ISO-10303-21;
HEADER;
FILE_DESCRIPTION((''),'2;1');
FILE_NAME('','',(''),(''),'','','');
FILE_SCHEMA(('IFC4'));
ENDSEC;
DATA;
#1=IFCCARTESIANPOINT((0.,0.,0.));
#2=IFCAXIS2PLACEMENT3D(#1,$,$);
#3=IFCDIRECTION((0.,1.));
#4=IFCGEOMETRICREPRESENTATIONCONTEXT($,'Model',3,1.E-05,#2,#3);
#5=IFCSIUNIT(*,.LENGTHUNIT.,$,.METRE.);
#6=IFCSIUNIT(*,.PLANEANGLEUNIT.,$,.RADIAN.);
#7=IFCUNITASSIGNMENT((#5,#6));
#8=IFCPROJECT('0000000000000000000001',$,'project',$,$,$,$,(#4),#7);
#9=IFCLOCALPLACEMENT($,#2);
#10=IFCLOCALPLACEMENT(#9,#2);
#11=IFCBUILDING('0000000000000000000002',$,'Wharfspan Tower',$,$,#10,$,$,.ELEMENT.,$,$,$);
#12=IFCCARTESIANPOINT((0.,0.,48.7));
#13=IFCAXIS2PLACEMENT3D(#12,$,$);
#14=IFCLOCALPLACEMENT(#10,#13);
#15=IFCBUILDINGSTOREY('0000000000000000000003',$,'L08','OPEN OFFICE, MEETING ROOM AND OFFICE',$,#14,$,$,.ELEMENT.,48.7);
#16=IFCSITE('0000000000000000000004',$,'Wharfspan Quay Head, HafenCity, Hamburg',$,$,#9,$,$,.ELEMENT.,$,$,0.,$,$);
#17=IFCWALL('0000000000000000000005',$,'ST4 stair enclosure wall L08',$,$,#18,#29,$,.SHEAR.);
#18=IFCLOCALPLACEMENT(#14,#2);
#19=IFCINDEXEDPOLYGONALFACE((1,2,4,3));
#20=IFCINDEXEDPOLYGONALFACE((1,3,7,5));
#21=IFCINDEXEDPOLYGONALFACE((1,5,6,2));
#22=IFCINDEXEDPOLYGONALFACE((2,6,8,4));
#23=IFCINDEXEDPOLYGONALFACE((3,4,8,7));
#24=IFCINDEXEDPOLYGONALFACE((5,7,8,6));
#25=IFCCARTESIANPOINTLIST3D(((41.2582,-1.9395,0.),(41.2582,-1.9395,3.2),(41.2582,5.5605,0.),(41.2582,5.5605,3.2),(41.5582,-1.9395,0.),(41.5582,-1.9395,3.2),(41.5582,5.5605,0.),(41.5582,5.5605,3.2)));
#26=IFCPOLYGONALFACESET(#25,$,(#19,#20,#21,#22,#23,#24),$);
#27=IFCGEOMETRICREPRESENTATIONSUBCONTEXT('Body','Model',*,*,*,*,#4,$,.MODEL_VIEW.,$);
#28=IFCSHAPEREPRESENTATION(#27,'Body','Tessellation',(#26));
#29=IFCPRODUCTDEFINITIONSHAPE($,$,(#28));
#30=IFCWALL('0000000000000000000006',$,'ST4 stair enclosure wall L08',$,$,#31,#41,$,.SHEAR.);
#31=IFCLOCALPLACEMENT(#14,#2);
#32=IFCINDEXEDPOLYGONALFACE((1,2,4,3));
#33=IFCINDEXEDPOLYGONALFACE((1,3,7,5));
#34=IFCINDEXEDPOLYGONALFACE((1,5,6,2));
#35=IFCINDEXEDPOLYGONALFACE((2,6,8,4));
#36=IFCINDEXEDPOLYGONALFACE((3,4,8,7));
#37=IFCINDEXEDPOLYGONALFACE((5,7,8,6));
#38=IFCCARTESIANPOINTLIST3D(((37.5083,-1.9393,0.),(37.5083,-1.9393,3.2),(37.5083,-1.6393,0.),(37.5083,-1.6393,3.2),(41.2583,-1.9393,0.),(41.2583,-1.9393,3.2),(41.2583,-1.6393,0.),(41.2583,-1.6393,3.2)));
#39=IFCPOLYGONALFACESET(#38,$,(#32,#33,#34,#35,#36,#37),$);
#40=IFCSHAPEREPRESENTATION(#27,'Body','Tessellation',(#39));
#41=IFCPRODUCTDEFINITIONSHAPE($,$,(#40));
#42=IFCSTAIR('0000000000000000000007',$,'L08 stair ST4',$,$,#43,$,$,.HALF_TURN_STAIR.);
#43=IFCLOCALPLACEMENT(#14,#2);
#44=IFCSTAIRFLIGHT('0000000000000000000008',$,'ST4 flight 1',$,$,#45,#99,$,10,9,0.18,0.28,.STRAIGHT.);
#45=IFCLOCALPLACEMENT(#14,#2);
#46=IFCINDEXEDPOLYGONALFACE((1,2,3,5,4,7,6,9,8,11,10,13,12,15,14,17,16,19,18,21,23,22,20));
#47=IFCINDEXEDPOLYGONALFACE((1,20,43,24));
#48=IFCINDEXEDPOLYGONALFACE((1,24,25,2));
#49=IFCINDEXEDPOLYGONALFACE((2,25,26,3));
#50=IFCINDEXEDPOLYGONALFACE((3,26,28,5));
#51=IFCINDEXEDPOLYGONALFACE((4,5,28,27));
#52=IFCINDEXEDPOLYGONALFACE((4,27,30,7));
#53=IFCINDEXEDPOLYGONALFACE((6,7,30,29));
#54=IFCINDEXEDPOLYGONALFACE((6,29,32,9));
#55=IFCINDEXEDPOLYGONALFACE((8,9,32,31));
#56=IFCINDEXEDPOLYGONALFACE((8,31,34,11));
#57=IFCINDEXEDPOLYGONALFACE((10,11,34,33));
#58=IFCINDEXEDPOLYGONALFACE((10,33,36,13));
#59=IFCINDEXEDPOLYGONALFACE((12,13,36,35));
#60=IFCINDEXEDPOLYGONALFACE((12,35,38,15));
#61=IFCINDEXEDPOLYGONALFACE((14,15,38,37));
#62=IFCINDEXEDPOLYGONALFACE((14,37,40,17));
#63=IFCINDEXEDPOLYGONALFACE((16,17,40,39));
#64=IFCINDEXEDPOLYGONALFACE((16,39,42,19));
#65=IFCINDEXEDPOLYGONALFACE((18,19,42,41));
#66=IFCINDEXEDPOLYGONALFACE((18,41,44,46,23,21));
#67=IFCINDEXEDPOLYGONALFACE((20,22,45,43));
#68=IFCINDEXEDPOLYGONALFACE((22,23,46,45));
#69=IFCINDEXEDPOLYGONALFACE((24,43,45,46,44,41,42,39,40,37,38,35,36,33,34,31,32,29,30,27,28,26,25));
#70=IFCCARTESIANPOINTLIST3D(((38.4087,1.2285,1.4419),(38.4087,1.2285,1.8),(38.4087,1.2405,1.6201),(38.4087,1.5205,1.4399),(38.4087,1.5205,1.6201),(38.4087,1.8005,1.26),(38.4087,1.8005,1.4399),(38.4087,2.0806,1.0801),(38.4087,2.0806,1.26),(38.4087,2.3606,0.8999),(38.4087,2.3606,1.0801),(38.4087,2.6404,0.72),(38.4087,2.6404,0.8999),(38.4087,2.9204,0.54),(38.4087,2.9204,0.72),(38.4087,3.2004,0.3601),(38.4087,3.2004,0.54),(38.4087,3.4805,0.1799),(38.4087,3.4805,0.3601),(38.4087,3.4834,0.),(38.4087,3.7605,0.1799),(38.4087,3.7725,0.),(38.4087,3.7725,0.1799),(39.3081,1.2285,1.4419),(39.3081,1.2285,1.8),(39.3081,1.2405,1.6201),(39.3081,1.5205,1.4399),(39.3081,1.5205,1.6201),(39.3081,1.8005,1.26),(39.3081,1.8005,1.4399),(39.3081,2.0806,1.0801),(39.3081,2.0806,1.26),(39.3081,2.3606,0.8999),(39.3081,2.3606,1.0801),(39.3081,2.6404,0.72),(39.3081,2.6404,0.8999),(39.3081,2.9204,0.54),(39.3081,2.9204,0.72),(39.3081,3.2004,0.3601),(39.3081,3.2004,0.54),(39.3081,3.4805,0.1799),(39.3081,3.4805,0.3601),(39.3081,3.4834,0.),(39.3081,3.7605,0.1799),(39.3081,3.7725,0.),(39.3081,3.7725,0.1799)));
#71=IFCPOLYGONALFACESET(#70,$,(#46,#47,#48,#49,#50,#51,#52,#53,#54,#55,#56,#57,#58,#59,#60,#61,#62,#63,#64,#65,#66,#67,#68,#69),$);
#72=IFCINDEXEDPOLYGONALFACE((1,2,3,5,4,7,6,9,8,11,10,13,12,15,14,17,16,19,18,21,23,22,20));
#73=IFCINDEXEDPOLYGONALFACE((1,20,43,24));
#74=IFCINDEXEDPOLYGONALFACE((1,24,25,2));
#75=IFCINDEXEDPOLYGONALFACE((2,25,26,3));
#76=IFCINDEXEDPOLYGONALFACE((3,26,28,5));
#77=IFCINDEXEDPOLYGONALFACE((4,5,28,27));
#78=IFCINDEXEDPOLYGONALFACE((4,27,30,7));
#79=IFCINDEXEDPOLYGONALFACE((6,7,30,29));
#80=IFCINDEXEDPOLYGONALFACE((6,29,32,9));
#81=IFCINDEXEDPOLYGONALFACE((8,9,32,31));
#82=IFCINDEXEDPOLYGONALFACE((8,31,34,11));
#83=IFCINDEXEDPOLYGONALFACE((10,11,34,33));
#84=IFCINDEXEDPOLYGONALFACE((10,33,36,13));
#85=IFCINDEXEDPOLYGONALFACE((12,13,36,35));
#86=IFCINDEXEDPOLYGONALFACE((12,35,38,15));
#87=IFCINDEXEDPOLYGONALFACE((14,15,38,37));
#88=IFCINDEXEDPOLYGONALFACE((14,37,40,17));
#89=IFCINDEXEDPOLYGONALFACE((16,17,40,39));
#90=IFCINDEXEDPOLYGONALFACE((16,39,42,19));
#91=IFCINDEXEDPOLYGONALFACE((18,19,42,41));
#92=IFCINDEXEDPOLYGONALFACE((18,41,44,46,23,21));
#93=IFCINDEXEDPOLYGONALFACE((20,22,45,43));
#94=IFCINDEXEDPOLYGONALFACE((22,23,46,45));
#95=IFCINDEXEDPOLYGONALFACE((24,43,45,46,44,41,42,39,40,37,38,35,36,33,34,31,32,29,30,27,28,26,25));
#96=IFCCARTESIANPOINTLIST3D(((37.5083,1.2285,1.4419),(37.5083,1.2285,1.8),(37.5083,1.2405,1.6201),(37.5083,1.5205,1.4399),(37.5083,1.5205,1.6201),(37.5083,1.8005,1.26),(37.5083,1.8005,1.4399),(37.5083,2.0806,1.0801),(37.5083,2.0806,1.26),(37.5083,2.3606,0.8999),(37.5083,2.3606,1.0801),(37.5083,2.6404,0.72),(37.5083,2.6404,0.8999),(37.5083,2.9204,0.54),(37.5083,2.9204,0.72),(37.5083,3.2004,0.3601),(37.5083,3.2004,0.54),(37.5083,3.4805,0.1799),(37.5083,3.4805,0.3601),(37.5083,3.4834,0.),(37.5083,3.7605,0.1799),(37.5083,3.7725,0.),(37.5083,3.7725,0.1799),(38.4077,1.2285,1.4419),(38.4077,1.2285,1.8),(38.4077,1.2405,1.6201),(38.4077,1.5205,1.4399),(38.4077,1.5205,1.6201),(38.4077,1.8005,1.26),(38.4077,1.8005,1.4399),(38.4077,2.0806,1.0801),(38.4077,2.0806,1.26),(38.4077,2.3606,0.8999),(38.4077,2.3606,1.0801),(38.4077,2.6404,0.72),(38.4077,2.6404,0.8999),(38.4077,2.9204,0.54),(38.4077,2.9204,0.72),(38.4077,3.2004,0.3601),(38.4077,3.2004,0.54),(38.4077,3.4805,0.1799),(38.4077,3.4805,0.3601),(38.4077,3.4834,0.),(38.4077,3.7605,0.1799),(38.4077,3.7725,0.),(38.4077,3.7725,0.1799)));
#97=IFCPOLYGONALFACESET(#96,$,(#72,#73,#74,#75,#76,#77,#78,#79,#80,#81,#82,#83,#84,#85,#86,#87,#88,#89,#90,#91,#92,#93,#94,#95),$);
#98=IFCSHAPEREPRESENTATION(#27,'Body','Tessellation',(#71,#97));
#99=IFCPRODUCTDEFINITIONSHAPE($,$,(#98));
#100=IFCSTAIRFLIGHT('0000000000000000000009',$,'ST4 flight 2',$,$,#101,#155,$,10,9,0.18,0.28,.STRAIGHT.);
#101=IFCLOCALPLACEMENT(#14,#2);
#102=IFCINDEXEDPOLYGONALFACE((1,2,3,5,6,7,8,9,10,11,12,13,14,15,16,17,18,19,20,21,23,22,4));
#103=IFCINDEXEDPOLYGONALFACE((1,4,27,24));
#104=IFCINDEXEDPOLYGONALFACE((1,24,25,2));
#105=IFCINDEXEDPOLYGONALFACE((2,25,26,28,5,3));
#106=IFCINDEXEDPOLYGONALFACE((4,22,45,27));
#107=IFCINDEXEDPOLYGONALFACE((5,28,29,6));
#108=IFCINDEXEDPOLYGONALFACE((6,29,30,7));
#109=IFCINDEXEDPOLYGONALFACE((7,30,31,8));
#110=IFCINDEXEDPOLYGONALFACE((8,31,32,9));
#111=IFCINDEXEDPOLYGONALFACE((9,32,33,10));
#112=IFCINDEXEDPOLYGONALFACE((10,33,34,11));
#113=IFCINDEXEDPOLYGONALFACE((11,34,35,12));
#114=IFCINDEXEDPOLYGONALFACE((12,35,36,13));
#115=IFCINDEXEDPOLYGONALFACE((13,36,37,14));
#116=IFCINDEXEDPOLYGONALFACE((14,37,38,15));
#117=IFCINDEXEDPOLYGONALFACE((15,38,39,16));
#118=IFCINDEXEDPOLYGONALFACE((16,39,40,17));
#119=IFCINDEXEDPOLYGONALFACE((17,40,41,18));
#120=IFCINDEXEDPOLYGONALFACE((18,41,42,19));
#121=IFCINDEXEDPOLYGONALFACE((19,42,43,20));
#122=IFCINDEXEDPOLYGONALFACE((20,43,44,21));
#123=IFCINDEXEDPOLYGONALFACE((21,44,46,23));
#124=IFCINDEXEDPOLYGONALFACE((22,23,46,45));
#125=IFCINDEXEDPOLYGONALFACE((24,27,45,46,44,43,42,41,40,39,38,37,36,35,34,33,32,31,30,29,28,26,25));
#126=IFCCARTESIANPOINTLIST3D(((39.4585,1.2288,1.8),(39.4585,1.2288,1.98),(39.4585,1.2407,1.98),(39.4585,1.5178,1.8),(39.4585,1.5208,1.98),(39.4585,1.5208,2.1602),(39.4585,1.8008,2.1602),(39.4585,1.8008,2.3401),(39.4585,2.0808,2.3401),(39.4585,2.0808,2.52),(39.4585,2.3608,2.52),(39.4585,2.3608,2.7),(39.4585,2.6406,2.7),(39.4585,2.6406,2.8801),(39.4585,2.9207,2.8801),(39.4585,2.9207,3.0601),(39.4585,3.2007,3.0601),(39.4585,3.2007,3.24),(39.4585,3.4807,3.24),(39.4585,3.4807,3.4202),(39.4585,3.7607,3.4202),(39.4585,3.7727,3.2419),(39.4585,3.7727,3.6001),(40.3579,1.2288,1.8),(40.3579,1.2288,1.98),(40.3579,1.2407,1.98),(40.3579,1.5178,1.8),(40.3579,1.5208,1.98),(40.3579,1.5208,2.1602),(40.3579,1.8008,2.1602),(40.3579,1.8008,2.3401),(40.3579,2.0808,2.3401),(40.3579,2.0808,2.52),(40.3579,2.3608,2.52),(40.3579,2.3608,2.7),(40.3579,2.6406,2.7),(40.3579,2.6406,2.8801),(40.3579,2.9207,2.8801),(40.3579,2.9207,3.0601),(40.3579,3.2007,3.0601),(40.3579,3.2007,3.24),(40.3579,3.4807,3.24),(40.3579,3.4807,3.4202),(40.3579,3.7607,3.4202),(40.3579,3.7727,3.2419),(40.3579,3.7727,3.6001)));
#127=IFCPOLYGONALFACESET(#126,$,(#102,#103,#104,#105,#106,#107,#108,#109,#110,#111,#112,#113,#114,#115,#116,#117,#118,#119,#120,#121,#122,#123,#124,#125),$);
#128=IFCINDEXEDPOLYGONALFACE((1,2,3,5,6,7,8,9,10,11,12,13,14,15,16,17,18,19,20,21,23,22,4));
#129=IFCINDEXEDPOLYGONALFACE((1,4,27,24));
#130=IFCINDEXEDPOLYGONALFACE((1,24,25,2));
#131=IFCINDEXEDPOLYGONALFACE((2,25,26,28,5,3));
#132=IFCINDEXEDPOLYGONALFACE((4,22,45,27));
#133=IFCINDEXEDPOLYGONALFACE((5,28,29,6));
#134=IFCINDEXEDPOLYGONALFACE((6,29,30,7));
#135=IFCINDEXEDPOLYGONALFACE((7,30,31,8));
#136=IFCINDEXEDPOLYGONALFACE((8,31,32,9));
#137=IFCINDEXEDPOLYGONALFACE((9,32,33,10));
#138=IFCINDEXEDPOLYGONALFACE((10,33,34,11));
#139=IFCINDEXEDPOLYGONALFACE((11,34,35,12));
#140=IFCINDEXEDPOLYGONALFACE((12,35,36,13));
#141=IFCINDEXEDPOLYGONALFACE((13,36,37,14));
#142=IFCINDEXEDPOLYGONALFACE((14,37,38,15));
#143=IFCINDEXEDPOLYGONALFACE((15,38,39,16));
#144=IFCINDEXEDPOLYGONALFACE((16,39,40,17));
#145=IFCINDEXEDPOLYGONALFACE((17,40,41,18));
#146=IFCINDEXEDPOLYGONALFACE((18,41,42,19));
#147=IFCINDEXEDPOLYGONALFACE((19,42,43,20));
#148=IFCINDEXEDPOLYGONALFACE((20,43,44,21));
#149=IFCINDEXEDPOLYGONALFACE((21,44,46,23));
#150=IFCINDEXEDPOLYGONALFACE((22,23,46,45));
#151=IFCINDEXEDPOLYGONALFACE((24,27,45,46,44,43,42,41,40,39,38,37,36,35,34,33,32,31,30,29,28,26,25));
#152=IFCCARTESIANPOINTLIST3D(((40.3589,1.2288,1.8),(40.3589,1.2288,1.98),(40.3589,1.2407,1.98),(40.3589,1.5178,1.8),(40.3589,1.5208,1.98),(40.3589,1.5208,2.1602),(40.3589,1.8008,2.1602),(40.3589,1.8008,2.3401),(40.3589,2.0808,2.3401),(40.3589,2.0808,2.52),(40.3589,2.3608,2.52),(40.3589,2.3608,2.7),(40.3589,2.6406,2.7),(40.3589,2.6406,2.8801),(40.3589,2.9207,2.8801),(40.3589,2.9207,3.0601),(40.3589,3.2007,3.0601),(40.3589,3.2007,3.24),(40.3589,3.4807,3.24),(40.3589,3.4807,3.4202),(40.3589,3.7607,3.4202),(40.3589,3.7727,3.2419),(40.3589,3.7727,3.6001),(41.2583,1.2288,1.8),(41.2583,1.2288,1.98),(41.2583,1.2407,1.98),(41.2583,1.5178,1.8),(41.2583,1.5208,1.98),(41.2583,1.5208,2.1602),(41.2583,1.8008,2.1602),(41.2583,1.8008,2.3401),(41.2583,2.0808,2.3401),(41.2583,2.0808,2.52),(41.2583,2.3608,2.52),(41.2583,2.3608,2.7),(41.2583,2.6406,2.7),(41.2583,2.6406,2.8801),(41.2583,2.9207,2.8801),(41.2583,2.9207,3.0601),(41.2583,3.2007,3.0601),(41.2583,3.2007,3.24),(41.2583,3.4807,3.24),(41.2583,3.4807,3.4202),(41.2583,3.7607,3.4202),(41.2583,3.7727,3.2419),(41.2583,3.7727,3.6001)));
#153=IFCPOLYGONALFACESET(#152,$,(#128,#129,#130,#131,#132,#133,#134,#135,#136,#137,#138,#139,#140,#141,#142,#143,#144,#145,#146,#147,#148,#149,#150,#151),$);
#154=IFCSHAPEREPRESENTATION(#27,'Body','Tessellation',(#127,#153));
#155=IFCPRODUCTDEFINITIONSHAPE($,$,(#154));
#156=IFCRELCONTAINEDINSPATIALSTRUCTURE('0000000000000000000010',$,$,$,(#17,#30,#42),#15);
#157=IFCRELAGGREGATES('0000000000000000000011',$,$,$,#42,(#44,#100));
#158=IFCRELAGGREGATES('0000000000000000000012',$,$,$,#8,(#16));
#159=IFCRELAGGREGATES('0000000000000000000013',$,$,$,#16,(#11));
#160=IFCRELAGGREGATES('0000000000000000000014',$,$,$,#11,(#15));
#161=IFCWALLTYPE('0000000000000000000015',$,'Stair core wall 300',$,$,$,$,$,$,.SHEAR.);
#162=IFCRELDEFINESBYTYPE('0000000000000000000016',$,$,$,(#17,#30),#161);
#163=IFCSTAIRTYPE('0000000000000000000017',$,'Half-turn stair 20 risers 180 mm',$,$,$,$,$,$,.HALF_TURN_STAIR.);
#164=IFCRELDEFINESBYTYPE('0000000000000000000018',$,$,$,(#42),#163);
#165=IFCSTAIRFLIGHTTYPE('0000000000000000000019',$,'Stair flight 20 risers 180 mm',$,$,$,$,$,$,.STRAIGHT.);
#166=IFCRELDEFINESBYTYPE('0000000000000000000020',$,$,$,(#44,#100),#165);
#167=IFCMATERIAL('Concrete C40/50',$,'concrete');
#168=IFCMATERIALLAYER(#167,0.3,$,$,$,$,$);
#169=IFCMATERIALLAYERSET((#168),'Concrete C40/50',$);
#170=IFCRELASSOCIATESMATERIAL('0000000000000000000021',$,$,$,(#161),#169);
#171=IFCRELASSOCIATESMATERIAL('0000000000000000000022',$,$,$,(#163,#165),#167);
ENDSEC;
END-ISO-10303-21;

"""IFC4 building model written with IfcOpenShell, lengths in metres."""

from ifc_helpers import new_model, si_unit, direction, frame, frame_2d, origin, place, context, subcontext, project, spatial, polyline, rectangle, outline, extrude, material, layer, layer_set, type_object, element, aggregate, save


model = new_model("IFC4")

# Units and contexts
model_context = context("Model", 3, precision=1e-05, world=origin(), true_north=direction((0.0, 1.0)))
body_context = subcontext(model_context, "Body", "Model", "MODEL_VIEW")
ifc_project = project(units=[si_unit("LENGTHUNIT", "METRE"), si_unit("PLANEANGLEUNIT", "RADIAN")], contexts=[model_context])

# Site, building, storey
site_placement = place(None, origin())
site = spatial("IfcSite", under=ifc_project, at=site_placement, Name="Wharfspan Quay Head, HafenCity, Hamburg", CompositionType="ELEMENT", RefElevation=0.0)
building_placement = place(site_placement, origin())
building = spatial("IfcBuilding", under=site, at=building_placement, Name="Wharfspan Tower", CompositionType="ELEMENT")
storey_placement = place(building_placement, frame((0.0, 0.0, 48.7)))
storey = spatial("IfcBuildingStorey", under=building, at=storey_placement, Name="L08", Description="OPEN OFFICE, MEETING ROOM AND OFFICE", CompositionType="ELEMENT", Elevation=48.7)

# Walls
ifc_material_1 = material(Name="Concrete C40/50", Category="concrete")
ifc_layer_1 = layer(ifc_material_1, 0.3)
ifc_layer_set_1 = layer_set([ifc_layer_1], Name="Concrete C40/50")
wall_type_1 = type_object("IfcWallType", Name="Stair core wall 300", PredefinedType="SHEAR", material=ifc_layer_set_1)
wall_1_placement = place(storey_placement, frame((41.4082, -1.9395, 0.0), z_axis=(0.0, 0.0, 1.0), x_axis=(0.0, 1.0, 0.0)))
element("IfcWall", 1, at=wall_1_placement, inside=storey, type_object=wall_type_1, Name="ST4 stair enclosure wall L08", PredefinedType="SHEAR", context=body_context, shape_type="SweptSolid", body=[
    extrude(rectangle(XDim=7.5, YDim=0.3, at=frame_2d((3.75, 0.0))), origin(), (0.0, 0.0, 1.0), 3.2),
])
wall_2_placement = place(storey_placement, frame((37.5083, -1.7893, 0.0), z_axis=(0.0, 0.0, 1.0), x_axis=(1.0, 0.0, 0.0)))
element("IfcWall", 2, at=wall_2_placement, inside=storey, type_object=wall_type_1, Name="ST4 stair enclosure wall L08", PredefinedType="SHEAR", context=body_context, shape_type="SweptSolid", body=[
    extrude(rectangle(XDim=3.75, YDim=0.3, at=frame_2d((1.875, 0.0))), origin(), (0.0, 0.0, 1.0), 3.2),
])

# Stair, stair flights
stair_type = type_object("IfcStairType", Name="Half-turn stair 20 risers 180 mm", PredefinedType="HALF_TURN_STAIR", material=ifc_material_1)
stair_placement = place(storey_placement, origin())
stair = element("IfcStair", 3, at=stair_placement, inside=storey, type_object=stair_type, Name="L08 stair ST4", PredefinedType="HALF_TURN_STAIR")
stair_flight_type = type_object("IfcStairFlightType", Name="Stair flight 20 risers 180 mm", PredefinedType="STRAIGHT", material=ifc_material_1)
stair_flight_1_placement = place(storey_placement, frame((38.4082, 3.7605, 0.0), z_axis=(0.0, 0.0, 1.0), x_axis=(0.0, -1.0, 0.0)))
stair_flight_1 = element("IfcStairFlight", 4, at=stair_flight_1_placement, type_object=stair_flight_type, Name="ST4 flight 1", NumberOfRisers=10, NumberOfTreads=9, PredefinedType="STRAIGHT", RiserHeight=0.18, TreadLength=0.28, context=body_context, shape_type="SweptSolid", body=[
    extrude(outline(polyline([(-0.012, 0.0), (-0.012, 0.1799), (0.0, 0.1799), (0.28, 0.1799), (0.28, 0.3601), (0.5601, 0.3601), (0.5601, 0.54), (0.8401, 0.54), (0.8401, 0.72), (1.1201, 0.72), (1.1201, 0.8999), (1.3999, 0.8999), (1.3999, 1.0801), (1.6799, 1.0801), (1.6799, 1.26), (1.96, 1.26), (1.96, 1.4399), (2.24, 1.4399), (2.24, 1.6201), (2.52, 1.6201), (2.532, 1.8), (2.532, 1.4419), (0.2771, 0.0), (-0.012, 0.0)])), frame((0.0, 0.8999, 0.0), z_axis=(0.0, -1.0, 0.0), x_axis=(1.0, 0.0, 0.0)), (0.0, 0.0, 1.0), 0.8994),
    extrude(outline(polyline([(-0.012, 0.0), (-0.012, 0.1799), (0.0, 0.1799), (0.28, 0.1799), (0.28, 0.3601), (0.5601, 0.3601), (0.5601, 0.54), (0.8401, 0.54), (0.8401, 0.72), (1.1201, 0.72), (1.1201, 0.8999), (1.3999, 0.8999), (1.3999, 1.0801), (1.6799, 1.0801), (1.6799, 1.26), (1.96, 1.26), (1.96, 1.4399), (2.24, 1.4399), (2.24, 1.6201), (2.52, 1.6201), (2.532, 1.8), (2.532, 1.4419), (0.2771, 0.0), (-0.012, 0.0)])), frame((0.0, -0.0005, 0.0), z_axis=(0.0, -1.0, 0.0), x_axis=(1.0, 0.0, 0.0)), (0.0, 0.0, 1.0), 0.8994),
])
stair_flight_2_placement = place(storey_placement, frame((40.3584, 1.2407, 1.8), z_axis=(0.0, 0.0, 1.0), x_axis=(0.0, 1.0, 0.0)))
stair_flight_2 = element("IfcStairFlight", 5, at=stair_flight_2_placement, type_object=stair_flight_type, Name="ST4 flight 2", NumberOfRisers=10, NumberOfTreads=9, PredefinedType="STRAIGHT", RiserHeight=0.18, TreadLength=0.28, context=body_context, shape_type="SweptSolid", body=[
    extrude(outline(polyline([(-0.012, 0.0), (-0.012, 0.1799), (0.0, 0.1799), (0.28, 0.1799), (0.28, 0.3601), (0.5601, 0.3601), (0.5601, 0.54), (0.8401, 0.54), (0.8401, 0.72), (1.1201, 0.72), (1.1201, 0.8999), (1.3999, 0.8999), (1.3999, 1.0801), (1.6799, 1.0801), (1.6799, 1.26), (1.96, 1.26), (1.96, 1.4399), (2.24, 1.4399), (2.24, 1.6201), (2.52, 1.6201), (2.532, 1.8), (2.532, 1.4419), (0.2771, 0.0), (-0.012, 0.0)])), frame((0.0, 0.8999, 0.0), z_axis=(0.0, -1.0, 0.0), x_axis=(1.0, 0.0, 0.0)), (0.0, 0.0, 1.0), 0.8994),
    extrude(outline(polyline([(-0.012, 0.0), (-0.012, 0.1799), (0.0, 0.1799), (0.28, 0.1799), (0.28, 0.3601), (0.5601, 0.3601), (0.5601, 0.54), (0.8401, 0.54), (0.8401, 0.72), (1.1201, 0.72), (1.1201, 0.8999), (1.3999, 0.8999), (1.3999, 1.0801), (1.6799, 1.0801), (1.6799, 1.26), (1.96, 1.26), (1.96, 1.4399), (2.24, 1.4399), (2.24, 1.6201), (2.52, 1.6201), (2.532, 1.8), (2.532, 1.4419), (0.2771, 0.0), (-0.012, 0.0)])), frame((0.0, -0.0005, 0.0), z_axis=(0.0, -1.0, 0.0), x_axis=(1.0, 0.0, 0.0)), (0.0, 0.0, 1.0), 0.8994),
])
aggregate(stair, [stair_flight_1, stair_flight_2])

save(model, "model.ifc")
